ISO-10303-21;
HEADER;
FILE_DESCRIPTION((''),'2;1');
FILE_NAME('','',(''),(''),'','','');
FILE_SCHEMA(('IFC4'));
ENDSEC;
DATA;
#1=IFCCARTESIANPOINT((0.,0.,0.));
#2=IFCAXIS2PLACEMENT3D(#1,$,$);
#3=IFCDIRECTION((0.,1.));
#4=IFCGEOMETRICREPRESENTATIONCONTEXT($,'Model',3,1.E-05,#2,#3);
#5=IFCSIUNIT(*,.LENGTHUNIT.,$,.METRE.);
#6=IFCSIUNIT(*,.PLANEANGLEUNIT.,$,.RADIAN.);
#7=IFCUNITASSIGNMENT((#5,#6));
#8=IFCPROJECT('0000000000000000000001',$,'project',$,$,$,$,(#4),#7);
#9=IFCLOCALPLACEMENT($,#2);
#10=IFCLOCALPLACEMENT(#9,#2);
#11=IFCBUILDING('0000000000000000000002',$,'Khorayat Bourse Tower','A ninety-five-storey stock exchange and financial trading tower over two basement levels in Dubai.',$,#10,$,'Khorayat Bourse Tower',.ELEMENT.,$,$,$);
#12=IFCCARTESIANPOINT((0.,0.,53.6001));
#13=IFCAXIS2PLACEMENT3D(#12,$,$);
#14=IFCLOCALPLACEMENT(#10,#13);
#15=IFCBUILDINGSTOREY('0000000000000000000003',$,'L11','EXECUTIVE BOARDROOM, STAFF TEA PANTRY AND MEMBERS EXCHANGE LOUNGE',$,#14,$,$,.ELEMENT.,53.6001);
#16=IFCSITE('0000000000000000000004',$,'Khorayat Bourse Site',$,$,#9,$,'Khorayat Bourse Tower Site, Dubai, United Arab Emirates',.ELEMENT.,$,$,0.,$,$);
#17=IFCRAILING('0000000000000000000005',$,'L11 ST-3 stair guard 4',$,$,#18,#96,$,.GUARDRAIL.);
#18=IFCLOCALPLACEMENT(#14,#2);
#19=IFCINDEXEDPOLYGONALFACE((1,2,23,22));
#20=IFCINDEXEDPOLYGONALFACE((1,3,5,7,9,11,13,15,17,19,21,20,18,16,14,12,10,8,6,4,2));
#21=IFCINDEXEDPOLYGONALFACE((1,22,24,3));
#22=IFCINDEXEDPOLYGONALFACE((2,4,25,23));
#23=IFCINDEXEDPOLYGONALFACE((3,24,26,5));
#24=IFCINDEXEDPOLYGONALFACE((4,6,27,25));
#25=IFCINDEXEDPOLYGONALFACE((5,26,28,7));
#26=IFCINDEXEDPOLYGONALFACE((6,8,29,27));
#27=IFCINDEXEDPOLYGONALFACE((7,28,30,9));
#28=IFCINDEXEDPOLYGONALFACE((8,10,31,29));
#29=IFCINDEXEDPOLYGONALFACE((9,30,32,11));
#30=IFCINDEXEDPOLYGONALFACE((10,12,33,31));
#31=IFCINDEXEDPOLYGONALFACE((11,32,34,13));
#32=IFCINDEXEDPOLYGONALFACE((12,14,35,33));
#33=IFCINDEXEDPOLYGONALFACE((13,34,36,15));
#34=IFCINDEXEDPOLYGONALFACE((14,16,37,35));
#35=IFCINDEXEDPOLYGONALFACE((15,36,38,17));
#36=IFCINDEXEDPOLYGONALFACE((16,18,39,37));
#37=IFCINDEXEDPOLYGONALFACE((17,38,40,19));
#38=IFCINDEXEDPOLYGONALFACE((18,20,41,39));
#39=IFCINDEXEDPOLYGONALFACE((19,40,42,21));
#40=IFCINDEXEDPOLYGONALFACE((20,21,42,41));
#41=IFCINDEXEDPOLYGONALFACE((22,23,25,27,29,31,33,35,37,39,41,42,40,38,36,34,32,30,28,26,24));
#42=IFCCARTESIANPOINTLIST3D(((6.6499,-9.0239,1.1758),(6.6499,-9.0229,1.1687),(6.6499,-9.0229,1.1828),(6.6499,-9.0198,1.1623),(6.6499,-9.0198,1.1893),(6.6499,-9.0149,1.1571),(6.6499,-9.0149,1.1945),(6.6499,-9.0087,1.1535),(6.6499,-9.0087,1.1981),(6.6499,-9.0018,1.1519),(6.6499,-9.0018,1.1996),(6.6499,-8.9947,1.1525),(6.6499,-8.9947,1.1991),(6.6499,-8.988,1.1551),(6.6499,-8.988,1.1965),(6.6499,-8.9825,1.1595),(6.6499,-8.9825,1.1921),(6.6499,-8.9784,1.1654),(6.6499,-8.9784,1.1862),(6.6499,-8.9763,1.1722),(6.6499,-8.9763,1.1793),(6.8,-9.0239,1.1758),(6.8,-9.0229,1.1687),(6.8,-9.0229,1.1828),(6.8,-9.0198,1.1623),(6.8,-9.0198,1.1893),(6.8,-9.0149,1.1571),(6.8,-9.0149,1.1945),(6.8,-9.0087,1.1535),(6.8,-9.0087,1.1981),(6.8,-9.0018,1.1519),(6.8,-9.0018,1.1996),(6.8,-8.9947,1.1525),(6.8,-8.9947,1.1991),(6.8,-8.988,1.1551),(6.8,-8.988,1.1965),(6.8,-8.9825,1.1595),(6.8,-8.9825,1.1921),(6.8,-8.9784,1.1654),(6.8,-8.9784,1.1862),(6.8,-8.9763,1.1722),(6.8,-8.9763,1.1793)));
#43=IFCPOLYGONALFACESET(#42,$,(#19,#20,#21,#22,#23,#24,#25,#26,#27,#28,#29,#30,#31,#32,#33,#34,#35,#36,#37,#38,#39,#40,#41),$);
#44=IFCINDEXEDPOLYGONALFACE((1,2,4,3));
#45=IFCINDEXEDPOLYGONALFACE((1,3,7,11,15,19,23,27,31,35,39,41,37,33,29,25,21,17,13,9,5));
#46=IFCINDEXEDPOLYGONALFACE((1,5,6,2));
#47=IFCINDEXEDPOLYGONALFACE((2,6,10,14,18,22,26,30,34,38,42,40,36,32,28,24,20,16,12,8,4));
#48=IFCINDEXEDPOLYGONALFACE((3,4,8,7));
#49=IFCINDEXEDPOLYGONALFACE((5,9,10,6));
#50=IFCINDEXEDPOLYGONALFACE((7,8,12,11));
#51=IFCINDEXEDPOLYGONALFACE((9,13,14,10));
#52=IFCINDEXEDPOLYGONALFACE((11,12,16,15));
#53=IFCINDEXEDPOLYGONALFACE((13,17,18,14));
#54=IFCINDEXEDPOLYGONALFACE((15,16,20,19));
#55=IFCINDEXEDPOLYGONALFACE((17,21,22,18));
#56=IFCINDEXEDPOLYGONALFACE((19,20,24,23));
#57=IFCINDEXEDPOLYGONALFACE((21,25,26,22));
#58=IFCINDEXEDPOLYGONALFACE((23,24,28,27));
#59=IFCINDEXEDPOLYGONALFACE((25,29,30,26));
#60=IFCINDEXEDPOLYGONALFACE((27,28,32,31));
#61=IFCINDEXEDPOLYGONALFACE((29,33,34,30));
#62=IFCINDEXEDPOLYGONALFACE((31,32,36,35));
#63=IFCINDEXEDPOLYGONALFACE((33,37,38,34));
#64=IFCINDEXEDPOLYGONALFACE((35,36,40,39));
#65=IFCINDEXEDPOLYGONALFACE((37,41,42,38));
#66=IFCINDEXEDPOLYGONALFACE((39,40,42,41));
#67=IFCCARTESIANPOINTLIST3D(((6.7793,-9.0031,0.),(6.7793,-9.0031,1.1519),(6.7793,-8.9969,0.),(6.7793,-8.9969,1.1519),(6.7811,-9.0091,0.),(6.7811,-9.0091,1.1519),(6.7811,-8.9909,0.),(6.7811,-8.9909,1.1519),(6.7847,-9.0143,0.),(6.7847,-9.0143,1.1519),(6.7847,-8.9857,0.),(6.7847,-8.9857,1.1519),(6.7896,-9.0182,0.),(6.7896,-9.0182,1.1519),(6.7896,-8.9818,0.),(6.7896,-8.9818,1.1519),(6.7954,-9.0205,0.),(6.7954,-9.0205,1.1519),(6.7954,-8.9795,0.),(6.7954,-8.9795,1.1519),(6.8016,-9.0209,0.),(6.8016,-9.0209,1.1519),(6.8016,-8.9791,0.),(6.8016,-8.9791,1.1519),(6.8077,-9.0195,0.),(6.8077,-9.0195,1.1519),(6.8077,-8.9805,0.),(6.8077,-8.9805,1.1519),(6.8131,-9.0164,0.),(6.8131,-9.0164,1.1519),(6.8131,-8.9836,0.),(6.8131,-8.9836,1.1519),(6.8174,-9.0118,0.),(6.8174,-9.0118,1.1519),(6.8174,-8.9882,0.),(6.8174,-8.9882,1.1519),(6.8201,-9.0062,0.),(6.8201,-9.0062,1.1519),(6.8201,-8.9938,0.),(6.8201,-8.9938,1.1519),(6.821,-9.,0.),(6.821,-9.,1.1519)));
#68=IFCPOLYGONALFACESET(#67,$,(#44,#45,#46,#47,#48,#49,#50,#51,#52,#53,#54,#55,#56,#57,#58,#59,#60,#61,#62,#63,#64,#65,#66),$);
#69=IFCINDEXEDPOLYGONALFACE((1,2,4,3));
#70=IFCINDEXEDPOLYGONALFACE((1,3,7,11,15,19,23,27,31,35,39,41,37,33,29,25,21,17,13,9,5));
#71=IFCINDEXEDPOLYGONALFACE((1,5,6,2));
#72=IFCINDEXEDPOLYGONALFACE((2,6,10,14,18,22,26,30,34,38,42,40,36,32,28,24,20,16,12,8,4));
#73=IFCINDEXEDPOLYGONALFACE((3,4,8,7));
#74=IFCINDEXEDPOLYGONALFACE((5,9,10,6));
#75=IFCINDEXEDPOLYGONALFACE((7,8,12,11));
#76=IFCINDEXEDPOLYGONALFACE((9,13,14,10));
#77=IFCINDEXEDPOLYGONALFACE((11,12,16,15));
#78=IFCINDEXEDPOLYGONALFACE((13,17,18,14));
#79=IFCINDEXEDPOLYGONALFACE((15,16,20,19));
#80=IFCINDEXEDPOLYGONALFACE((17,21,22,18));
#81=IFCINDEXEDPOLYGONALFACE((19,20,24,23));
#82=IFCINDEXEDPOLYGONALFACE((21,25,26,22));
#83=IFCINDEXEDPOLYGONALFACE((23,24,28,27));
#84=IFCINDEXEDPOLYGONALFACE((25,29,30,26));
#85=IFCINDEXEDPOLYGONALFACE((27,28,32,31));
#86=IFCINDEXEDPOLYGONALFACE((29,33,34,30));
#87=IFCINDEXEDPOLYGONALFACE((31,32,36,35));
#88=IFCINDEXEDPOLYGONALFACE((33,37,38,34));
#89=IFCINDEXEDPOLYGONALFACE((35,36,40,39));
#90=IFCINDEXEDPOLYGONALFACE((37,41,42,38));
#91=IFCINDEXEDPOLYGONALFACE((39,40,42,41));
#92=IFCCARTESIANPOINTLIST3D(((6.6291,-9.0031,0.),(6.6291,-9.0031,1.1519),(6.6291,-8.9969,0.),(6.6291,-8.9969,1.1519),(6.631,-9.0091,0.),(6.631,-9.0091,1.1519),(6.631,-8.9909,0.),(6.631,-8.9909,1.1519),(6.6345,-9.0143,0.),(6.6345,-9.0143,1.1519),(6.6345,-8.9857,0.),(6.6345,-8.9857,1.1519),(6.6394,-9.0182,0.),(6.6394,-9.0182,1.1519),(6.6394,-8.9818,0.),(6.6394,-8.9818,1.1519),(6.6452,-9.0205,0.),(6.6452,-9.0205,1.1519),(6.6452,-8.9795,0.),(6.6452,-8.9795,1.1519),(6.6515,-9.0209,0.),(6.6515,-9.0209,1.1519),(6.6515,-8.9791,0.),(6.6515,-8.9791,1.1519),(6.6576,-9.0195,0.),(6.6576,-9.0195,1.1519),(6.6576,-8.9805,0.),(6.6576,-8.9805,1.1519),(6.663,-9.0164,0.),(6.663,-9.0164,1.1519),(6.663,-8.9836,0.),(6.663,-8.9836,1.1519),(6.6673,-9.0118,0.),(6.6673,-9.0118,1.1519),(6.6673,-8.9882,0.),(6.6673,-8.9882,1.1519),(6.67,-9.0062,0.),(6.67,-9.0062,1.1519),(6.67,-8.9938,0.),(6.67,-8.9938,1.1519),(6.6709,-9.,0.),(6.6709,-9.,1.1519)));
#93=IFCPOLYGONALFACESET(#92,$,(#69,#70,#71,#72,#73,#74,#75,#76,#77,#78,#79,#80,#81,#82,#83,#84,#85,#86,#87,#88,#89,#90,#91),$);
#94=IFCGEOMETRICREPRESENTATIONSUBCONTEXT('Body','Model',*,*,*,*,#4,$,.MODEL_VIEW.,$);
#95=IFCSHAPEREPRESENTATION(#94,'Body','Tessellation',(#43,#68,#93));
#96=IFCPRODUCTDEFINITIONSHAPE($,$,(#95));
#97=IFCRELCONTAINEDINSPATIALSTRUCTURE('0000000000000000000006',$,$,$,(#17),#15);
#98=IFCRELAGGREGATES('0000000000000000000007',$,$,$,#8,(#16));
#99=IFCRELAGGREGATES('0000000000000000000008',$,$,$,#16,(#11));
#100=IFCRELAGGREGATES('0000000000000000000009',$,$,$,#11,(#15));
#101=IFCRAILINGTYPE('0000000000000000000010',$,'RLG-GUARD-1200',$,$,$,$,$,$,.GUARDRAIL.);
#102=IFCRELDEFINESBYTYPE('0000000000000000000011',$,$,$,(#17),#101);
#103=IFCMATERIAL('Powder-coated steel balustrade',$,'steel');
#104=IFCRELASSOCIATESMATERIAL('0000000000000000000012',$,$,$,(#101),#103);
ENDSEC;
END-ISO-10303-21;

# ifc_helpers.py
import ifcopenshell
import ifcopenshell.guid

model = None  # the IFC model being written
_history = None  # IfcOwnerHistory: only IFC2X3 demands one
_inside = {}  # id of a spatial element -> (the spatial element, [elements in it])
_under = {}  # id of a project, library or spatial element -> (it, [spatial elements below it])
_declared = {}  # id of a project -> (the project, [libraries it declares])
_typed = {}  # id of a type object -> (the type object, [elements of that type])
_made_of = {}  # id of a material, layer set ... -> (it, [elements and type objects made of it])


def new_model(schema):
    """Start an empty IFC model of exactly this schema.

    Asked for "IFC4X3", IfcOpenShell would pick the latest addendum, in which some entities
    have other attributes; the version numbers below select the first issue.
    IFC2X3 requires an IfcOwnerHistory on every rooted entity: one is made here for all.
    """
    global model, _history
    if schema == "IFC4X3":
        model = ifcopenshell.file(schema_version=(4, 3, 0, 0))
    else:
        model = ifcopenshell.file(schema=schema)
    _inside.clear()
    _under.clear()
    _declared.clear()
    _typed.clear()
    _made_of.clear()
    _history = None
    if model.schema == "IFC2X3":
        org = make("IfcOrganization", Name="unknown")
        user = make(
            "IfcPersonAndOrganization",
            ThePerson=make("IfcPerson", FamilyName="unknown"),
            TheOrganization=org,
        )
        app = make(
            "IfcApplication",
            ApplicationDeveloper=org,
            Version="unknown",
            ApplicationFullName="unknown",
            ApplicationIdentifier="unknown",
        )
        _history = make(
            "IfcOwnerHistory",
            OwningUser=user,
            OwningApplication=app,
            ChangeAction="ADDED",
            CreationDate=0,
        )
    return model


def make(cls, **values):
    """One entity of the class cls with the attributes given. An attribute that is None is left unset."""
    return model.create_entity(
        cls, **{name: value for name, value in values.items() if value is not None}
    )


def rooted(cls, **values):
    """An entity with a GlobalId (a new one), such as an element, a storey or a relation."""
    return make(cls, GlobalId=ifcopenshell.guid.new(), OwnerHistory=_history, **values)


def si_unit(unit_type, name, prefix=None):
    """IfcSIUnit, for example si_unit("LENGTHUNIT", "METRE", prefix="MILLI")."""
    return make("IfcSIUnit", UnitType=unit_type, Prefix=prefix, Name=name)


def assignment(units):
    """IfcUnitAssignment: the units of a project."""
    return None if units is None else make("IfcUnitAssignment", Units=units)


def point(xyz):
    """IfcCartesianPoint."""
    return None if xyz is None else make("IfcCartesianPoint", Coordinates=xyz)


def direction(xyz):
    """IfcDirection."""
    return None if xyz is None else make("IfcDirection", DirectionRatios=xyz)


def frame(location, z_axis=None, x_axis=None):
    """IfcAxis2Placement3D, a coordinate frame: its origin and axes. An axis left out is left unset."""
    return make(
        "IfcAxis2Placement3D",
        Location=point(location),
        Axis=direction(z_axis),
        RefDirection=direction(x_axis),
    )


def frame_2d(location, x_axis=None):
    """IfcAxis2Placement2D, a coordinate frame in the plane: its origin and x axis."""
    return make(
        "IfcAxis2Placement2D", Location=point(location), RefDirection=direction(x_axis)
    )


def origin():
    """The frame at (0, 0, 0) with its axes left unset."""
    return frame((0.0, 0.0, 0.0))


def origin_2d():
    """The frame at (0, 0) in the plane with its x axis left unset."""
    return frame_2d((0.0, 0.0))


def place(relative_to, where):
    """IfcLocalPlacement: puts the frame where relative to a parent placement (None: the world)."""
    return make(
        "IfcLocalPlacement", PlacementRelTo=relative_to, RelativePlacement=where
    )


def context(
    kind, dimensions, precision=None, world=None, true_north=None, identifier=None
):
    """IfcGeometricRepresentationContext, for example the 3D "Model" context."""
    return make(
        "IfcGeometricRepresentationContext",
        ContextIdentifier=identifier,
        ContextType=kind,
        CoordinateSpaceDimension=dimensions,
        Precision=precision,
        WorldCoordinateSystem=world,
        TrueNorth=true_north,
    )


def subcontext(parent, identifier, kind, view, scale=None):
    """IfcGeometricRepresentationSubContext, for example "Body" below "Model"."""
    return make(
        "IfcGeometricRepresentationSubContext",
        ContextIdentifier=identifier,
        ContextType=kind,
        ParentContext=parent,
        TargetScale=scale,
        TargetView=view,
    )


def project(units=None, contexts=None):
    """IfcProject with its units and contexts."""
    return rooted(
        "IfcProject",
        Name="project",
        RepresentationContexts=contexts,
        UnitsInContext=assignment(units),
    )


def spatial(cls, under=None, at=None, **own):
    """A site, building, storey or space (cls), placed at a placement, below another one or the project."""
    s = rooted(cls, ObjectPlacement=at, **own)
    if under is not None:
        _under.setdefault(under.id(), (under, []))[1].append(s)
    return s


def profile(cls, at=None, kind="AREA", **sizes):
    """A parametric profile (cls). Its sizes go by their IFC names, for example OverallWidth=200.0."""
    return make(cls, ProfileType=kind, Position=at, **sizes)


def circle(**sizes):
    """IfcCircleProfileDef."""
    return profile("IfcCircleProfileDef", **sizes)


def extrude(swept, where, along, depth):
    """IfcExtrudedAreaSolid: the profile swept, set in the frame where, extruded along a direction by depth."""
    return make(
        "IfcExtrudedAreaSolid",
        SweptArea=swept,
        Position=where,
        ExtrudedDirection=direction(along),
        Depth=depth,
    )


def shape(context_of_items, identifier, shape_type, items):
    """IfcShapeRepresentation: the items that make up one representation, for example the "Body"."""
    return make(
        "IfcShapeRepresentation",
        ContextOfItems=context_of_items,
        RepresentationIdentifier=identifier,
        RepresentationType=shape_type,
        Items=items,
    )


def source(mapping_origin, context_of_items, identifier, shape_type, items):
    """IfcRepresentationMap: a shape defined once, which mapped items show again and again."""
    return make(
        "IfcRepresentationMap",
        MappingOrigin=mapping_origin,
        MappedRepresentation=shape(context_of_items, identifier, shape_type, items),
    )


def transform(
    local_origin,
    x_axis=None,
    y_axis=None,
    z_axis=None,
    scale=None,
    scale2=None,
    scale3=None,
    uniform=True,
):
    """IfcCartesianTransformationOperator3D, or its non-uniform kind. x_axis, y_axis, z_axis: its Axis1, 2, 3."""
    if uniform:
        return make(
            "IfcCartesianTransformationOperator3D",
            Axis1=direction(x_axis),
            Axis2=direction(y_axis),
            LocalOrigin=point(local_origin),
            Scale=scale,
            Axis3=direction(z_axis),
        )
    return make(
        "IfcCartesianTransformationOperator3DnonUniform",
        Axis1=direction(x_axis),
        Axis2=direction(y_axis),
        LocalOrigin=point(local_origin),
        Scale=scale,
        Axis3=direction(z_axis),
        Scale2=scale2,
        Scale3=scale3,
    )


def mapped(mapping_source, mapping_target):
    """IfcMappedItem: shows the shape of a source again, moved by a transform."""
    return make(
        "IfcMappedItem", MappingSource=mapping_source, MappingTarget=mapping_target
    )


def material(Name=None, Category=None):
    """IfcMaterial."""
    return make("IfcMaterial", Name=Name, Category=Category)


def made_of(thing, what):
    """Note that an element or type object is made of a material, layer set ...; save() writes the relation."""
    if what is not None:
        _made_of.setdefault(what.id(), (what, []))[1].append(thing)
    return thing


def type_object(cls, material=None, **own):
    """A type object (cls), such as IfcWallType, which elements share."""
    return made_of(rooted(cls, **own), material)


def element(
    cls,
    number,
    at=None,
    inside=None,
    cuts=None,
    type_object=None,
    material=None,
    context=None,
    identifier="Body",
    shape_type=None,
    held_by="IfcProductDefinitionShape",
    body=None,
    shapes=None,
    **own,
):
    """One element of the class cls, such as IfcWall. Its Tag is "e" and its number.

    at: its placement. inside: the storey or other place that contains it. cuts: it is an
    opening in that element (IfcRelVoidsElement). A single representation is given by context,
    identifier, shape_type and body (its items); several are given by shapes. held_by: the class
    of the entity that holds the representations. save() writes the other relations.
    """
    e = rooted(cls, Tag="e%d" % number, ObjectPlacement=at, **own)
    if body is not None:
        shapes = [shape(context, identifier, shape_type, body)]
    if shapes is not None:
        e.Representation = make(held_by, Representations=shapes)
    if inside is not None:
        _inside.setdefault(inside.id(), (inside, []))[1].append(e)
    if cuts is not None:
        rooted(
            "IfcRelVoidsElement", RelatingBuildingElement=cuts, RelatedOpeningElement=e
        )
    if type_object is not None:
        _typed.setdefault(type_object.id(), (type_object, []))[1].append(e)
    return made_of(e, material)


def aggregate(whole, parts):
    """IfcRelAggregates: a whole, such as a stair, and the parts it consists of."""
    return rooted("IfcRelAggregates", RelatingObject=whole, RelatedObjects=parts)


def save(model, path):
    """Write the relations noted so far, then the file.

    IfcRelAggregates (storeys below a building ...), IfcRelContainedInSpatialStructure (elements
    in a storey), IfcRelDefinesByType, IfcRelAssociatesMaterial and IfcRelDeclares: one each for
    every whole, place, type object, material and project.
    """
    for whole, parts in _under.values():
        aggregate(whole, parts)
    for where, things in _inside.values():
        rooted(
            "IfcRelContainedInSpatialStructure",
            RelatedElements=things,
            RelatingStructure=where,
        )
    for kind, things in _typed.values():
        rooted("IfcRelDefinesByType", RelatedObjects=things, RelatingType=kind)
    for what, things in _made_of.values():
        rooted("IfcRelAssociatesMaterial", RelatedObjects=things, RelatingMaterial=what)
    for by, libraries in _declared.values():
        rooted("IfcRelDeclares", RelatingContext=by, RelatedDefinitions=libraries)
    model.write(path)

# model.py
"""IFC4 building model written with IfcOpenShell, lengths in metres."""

from ifc_helpers import new_model, si_unit, direction, frame, origin, origin_2d, place, context, subcontext, project, spatial, circle, extrude, source, transform, mapped, material, type_object, element, save


model = new_model("IFC4")

# Units and contexts
model_context = context("Model", 3, precision=1e-05, world=origin(), true_north=direction((0.0, 1.0)))
body_context = subcontext(model_context, "Body", "Model", "MODEL_VIEW")
ifc_project = project(units=[si_unit("LENGTHUNIT", "METRE"), si_unit("PLANEANGLEUNIT", "RADIAN")], contexts=[model_context])

# Site, building, storey
site_placement = place(None, origin())
site = spatial("IfcSite", under=ifc_project, at=site_placement, Name="Khorayat Bourse Site", LongName="Khorayat Bourse Tower Site, Dubai, United Arab Emirates", CompositionType="ELEMENT", RefElevation=0.0)
building_placement = place(site_placement, origin())
building = spatial("IfcBuilding", under=site, at=building_placement, Name="Khorayat Bourse Tower", Description="A ninety-five-storey stock exchange and financial trading tower over two basement levels in Dubai.", LongName="Khorayat Bourse Tower", CompositionType="ELEMENT")
storey_placement = place(building_placement, frame((0.0, 0.0, 53.6001)))
storey = spatial("IfcBuildingStorey", under=building, at=storey_placement, Name="L11", Description="EXECUTIVE BOARDROOM, STAFF TEA PANTRY AND MEMBERS EXCHANGE LOUNGE", CompositionType="ELEMENT", Elevation=53.6001)

# Railing
ifc_material_1 = material(Name="Powder-coated steel balustrade", Category="steel")
railing_type_1 = type_object("IfcRailingType", Name="RLG-GUARD-1200", PredefinedType="GUARDRAIL", material=ifc_material_1)
shared_shape_1 = source(origin(), body_context, "Body", "SweptSolid", [
    extrude(circle(Radius=0.0239, at=origin_2d()), frame((0.0, 0.0, 1.1758), z_axis=(-1.0, 0.0, 0.0), x_axis=(0.0, -1.0, 0.0)), (0.0, 0.0, 1.0), 0.1501),
    extrude(circle(Radius=0.021, at=origin_2d()), origin(), (0.0, 0.0, 1.0), 1.1519),
    extrude(circle(Radius=0.021, at=origin_2d()), frame((-0.1501, 0.0, 0.0)), (0.0, 0.0, 1.0), 1.1519),
])
railing_1_placement = place(storey_placement, frame((6.8, -9.0, 0.0)))
element("IfcRailing", 1, at=railing_1_placement, inside=storey, type_object=railing_type_1, Name="L11 ST-3 stair guard 4", PredefinedType="GUARDRAIL", context=body_context, shape_type="MappedRepresentation", body=[
    mapped(shared_shape_1, transform((0.0, 0.0, 0.0), scale=1.0)),
])

save(model, "model.ifc")
